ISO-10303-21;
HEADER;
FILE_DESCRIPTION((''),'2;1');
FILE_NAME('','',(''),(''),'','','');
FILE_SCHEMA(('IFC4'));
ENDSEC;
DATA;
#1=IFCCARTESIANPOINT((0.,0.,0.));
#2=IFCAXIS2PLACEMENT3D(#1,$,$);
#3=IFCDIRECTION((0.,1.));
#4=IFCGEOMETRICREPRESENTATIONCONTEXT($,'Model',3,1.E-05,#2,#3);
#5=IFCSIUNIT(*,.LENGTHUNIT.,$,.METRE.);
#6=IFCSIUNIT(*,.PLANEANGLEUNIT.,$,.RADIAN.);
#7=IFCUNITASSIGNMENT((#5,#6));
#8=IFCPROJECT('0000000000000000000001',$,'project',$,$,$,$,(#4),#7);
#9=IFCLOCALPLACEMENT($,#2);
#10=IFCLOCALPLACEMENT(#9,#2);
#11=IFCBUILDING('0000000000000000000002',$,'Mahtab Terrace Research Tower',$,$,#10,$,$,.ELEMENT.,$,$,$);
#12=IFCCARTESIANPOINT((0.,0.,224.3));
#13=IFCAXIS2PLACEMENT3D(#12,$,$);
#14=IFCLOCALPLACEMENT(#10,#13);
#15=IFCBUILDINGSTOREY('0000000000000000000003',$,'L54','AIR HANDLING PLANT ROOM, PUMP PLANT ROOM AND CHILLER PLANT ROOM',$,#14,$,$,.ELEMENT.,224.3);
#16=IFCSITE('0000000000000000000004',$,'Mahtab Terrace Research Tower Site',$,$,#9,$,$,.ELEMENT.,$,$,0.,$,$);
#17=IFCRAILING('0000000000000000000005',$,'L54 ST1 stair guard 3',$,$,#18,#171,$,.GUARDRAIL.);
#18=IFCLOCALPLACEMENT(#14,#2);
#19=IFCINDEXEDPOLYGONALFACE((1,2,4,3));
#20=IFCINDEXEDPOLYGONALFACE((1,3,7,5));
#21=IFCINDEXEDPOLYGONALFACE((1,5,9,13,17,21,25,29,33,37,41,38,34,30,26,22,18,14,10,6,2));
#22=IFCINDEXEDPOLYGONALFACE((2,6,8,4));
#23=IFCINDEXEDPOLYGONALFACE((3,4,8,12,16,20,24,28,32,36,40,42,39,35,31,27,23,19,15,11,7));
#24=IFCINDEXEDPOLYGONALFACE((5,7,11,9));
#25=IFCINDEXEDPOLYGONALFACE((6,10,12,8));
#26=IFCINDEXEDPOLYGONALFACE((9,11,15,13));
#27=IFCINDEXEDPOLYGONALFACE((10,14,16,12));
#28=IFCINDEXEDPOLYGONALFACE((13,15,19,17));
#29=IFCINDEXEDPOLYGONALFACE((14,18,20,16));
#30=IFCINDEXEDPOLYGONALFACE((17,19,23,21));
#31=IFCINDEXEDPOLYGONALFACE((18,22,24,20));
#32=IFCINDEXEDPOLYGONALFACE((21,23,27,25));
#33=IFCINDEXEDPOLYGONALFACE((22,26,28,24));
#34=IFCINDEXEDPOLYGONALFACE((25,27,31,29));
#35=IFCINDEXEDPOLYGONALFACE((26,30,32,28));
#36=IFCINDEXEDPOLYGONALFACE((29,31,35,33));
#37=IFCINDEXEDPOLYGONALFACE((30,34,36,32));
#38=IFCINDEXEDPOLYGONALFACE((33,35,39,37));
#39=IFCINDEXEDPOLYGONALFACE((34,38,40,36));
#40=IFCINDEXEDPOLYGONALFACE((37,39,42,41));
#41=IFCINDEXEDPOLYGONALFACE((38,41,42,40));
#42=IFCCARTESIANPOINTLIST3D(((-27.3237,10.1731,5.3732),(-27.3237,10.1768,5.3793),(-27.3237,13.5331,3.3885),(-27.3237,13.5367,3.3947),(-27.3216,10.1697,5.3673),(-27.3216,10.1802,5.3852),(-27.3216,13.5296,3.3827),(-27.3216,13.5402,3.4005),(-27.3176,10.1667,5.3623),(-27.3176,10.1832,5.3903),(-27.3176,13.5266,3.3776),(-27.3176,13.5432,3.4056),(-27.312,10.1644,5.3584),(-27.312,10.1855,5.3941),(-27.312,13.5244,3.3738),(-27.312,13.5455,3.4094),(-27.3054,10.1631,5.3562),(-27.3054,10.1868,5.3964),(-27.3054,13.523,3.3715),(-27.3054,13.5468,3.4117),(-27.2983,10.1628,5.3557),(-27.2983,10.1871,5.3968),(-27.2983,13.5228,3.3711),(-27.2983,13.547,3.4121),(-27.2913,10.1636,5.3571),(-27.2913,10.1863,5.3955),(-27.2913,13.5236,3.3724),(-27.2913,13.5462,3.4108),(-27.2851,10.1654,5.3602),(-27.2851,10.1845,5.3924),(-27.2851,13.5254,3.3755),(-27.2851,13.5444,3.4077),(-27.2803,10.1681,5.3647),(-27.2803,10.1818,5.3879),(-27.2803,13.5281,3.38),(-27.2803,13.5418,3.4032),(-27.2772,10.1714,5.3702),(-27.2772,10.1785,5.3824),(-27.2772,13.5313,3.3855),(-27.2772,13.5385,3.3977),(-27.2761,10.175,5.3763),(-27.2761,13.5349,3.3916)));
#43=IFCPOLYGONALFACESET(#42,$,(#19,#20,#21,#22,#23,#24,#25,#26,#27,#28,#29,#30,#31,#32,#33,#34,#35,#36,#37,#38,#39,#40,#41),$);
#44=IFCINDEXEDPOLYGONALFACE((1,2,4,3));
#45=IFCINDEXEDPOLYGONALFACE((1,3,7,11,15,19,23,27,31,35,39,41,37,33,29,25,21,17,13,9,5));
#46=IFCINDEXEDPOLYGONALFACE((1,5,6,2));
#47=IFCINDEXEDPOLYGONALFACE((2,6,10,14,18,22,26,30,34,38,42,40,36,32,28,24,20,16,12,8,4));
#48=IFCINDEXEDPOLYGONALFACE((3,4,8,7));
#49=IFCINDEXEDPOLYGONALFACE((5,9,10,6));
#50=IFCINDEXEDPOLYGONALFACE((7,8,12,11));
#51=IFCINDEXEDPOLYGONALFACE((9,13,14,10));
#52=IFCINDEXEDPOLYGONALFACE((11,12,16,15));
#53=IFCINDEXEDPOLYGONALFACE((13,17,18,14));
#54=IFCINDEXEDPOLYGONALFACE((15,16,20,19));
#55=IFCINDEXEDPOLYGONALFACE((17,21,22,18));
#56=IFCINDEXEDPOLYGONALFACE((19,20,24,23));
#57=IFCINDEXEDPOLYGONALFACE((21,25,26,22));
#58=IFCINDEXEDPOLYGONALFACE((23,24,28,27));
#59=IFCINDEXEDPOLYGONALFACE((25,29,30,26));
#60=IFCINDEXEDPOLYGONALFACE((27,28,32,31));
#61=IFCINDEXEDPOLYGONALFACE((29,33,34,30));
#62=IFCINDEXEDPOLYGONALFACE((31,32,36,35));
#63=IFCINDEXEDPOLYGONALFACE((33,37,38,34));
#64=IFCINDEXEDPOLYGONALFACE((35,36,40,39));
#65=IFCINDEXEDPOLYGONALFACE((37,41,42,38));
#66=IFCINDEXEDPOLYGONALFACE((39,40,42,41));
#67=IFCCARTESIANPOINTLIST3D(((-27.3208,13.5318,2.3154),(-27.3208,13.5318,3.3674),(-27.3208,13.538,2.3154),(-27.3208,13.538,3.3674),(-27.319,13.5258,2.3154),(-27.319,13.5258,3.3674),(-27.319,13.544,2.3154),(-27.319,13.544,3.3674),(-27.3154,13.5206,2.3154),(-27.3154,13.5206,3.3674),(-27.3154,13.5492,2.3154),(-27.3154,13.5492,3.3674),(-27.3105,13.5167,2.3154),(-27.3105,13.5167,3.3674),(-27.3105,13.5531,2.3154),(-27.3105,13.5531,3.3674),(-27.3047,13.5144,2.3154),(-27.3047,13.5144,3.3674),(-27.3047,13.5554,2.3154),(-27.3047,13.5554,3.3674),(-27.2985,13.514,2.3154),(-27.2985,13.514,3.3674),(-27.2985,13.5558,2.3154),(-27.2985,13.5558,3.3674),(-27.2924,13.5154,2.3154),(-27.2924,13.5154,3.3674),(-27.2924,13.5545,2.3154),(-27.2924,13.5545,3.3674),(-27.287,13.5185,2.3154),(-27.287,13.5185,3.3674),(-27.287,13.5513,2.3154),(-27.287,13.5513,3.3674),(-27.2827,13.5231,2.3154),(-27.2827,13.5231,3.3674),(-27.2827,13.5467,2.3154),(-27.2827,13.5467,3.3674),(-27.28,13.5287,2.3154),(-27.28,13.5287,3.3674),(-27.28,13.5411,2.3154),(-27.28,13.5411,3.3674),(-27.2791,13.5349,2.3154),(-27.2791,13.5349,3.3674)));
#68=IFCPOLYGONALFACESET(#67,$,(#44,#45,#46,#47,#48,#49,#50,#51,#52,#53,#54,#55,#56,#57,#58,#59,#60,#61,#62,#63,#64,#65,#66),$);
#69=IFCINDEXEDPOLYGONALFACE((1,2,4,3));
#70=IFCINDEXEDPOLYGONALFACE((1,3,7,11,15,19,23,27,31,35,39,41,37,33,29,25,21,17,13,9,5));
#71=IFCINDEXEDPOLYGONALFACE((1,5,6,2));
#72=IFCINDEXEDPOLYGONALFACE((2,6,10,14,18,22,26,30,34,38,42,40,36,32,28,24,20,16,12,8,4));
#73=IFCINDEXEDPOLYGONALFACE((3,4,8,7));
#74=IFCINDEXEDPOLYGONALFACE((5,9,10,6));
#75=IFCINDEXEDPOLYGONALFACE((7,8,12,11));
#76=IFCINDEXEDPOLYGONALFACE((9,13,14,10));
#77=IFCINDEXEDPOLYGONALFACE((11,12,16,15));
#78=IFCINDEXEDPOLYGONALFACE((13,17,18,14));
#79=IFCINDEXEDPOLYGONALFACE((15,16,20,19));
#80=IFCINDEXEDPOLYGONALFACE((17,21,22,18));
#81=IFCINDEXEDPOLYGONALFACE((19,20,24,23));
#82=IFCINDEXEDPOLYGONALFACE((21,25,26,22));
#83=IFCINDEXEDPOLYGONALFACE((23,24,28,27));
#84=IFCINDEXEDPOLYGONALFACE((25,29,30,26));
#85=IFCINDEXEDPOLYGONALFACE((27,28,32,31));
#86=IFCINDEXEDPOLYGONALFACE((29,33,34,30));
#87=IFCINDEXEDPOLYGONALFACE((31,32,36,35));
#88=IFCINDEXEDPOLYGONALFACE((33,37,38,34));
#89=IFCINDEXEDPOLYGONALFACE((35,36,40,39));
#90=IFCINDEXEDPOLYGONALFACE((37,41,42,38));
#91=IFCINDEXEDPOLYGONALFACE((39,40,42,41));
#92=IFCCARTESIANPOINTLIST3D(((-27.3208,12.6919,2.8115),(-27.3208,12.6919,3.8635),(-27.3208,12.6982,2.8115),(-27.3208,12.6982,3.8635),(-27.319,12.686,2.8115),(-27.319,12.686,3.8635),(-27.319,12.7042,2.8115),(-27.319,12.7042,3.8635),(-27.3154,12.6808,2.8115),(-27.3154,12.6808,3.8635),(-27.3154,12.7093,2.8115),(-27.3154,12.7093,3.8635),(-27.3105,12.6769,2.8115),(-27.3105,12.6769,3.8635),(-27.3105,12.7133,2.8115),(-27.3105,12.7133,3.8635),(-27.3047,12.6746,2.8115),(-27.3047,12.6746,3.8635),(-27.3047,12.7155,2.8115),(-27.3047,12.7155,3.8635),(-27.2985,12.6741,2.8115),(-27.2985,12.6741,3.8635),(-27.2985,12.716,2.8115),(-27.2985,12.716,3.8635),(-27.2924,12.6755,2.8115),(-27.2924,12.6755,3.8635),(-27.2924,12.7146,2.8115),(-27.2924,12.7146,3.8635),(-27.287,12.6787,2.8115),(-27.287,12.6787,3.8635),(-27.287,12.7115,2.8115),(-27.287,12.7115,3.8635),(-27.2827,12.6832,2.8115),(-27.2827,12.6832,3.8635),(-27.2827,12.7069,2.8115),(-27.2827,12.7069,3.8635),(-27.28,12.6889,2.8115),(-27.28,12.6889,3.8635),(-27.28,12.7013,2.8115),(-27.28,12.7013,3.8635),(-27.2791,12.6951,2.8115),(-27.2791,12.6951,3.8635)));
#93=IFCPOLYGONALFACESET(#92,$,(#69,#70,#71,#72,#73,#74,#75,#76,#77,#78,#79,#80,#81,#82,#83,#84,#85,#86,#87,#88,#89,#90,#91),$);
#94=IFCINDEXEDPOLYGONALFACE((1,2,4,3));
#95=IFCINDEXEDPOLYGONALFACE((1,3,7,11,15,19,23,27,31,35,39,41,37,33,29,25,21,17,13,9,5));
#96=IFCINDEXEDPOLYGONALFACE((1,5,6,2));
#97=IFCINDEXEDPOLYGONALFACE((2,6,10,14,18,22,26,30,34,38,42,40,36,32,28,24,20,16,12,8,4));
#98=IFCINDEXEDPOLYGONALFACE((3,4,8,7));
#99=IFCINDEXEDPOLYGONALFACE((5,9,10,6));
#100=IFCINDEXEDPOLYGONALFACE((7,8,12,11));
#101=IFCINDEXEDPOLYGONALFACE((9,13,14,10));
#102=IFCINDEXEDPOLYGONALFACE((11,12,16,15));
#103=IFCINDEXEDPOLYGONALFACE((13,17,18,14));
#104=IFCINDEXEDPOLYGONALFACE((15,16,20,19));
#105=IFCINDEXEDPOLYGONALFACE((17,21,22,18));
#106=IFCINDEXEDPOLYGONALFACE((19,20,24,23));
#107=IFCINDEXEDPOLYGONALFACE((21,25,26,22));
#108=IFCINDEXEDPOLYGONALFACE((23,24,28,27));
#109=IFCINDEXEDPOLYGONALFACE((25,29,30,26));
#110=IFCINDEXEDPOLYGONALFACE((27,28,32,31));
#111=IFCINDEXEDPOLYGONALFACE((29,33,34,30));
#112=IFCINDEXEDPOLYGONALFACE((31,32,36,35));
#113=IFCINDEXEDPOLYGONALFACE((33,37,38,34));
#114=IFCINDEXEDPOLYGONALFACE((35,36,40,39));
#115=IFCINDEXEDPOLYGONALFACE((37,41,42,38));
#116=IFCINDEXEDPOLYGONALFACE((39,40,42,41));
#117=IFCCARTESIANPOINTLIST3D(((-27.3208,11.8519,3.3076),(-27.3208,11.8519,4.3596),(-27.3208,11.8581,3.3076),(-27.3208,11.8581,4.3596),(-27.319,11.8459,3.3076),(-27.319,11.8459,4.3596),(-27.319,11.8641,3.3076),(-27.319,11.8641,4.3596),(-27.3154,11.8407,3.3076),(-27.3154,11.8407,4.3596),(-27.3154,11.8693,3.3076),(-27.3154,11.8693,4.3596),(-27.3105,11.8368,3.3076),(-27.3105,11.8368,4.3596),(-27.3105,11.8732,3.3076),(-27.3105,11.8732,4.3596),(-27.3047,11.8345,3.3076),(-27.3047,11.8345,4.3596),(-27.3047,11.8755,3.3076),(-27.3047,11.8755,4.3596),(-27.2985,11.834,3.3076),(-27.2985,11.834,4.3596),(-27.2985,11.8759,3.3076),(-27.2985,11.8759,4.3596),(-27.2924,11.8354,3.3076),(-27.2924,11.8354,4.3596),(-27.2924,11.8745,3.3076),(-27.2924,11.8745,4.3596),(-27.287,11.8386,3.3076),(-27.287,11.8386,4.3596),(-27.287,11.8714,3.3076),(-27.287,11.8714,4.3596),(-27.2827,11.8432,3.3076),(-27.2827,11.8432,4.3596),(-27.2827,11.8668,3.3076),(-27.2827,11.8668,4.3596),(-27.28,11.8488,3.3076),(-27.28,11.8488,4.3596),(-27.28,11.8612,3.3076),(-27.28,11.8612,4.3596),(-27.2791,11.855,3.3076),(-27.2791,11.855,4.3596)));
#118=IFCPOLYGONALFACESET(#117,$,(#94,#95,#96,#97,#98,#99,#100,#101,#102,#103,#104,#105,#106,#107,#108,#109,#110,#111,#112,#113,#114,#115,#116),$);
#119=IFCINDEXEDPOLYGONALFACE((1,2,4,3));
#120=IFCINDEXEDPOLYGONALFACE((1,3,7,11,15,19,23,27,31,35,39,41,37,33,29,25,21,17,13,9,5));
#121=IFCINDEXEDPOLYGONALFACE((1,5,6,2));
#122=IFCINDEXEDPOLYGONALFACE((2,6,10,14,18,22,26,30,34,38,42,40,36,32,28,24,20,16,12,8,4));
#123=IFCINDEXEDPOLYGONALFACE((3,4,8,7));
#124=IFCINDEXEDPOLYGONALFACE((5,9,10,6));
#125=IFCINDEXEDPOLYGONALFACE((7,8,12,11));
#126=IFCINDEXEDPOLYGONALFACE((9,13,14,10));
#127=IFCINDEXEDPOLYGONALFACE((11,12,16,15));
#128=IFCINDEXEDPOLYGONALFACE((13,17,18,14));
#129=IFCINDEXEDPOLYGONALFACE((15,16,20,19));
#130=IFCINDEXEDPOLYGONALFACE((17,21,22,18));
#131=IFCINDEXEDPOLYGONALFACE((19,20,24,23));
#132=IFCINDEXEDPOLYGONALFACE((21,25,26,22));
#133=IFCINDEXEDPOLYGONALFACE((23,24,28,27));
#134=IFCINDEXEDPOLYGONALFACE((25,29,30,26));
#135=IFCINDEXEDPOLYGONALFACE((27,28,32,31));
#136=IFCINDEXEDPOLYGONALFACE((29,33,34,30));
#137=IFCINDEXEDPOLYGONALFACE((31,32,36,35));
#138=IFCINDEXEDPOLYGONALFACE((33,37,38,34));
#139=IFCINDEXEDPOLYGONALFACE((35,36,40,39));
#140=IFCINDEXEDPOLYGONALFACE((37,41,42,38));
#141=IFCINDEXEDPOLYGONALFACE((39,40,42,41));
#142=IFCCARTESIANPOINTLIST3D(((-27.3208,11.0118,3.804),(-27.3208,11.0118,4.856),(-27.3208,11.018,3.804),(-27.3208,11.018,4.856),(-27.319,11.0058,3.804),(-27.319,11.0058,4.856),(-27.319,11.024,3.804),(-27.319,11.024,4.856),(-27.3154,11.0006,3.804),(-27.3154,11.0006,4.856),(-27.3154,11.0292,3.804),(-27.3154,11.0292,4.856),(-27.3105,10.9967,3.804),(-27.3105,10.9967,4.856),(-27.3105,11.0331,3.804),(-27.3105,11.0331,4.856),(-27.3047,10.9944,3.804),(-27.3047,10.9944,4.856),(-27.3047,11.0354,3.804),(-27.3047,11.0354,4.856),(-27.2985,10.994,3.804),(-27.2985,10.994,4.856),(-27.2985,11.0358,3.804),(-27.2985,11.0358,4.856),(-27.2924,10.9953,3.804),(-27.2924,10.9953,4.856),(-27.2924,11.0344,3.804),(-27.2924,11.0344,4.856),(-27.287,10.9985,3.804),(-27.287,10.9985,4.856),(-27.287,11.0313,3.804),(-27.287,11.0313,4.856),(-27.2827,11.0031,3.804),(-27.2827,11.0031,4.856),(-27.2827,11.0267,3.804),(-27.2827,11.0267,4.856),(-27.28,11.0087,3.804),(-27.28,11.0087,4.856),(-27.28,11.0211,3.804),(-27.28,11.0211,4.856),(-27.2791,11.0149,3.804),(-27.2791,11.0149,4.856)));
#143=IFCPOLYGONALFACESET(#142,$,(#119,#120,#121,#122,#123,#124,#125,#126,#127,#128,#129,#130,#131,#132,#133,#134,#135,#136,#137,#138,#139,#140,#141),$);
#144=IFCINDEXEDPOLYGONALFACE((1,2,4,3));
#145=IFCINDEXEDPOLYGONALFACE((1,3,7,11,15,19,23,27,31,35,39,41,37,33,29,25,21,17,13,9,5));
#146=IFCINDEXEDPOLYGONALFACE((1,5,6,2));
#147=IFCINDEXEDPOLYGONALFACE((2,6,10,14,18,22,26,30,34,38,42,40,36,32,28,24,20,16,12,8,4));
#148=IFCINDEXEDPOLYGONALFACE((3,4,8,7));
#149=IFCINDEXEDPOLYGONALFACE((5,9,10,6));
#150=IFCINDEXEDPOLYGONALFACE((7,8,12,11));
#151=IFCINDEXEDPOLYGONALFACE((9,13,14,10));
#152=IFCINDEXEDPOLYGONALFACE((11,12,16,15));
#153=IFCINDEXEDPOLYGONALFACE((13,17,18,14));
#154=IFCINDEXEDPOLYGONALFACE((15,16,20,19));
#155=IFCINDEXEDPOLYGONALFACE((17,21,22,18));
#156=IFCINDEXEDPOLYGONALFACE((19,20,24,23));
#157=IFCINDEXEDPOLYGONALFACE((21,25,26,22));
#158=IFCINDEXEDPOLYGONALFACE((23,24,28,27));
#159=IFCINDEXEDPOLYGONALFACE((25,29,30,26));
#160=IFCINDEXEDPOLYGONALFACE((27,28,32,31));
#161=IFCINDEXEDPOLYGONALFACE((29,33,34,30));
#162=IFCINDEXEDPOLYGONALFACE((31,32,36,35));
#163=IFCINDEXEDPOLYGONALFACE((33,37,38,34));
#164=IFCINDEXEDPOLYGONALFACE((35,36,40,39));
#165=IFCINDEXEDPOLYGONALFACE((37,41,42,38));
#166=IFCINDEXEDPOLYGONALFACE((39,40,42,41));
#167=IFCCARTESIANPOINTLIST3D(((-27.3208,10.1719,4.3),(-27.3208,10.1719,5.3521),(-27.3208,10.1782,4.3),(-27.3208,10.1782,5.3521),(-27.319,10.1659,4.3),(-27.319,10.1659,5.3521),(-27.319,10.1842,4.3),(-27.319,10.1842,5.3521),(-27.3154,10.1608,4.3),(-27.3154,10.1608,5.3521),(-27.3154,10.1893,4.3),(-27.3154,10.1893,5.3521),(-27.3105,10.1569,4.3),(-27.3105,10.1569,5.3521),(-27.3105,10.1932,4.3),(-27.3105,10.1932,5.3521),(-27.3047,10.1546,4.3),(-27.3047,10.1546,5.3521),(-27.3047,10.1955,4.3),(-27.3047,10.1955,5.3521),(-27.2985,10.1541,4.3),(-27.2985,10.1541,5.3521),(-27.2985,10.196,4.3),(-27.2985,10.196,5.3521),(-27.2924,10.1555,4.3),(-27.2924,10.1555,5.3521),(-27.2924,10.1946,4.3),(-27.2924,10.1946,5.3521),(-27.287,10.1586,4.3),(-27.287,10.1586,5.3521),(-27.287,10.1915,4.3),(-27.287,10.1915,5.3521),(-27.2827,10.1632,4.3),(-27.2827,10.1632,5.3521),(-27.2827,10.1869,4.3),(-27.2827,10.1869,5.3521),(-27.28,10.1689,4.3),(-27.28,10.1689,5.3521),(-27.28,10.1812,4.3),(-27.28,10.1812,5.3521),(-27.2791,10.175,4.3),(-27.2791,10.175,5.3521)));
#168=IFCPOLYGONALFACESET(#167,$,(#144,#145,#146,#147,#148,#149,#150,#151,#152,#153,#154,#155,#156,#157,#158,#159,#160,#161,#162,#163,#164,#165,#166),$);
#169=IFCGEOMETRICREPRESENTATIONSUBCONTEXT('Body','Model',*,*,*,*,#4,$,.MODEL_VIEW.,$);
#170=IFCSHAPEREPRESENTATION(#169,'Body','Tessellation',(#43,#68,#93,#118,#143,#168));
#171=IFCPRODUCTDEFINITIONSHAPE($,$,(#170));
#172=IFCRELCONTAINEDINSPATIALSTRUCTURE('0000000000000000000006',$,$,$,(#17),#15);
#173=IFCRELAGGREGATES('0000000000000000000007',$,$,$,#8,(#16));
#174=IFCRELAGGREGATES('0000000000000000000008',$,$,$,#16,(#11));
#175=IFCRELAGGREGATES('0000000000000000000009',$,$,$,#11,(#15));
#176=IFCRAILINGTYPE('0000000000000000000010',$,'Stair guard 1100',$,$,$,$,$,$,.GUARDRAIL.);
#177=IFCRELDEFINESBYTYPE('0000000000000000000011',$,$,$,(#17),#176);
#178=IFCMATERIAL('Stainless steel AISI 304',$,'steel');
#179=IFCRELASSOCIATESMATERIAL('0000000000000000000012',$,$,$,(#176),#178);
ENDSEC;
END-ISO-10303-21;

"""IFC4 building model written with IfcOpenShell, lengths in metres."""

from ifc_helpers import new_model, si_unit, direction, frame, origin, origin_2d, place, context, subcontext, project, spatial, circle, extrude, material, type_object, element, save


model = new_model("IFC4")

# Units and contexts
model_context = context("Model", 3, precision=1e-05, world=origin(), true_north=direction((0.0, 1.0)))
body_context = subcontext(model_context, "Body", "Model", "MODEL_VIEW")
ifc_project = project(units=[si_unit("LENGTHUNIT", "METRE"), si_unit("PLANEANGLEUNIT", "RADIAN")], contexts=[model_context])

# Site, building, storey
site_placement = place(None, origin())
site = spatial("IfcSite", under=ifc_project, at=site_placement, Name="Mahtab Terrace Research Tower Site", CompositionType="ELEMENT", RefElevation=0.0)
building_placement = place(site_placement, origin())
building = spatial("IfcBuilding", under=site, at=building_placement, Name="Mahtab Terrace Research Tower", CompositionType="ELEMENT")
storey_placement = place(building_placement, frame((0.0, 0.0, 224.3)))
storey = spatial("IfcBuildingStorey", under=building, at=storey_placement, Name="L54", Description="AIR HANDLING PLANT ROOM, PUMP PLANT ROOM AND CHILLER PLANT ROOM", CompositionType="ELEMENT", Elevation=224.3)

# Railing
ifc_material_1 = material(Name="Stainless steel AISI 304", Category="steel")
railing_type_1 = type_object("IfcRailingType", Name="Stair guard 1100", PredefinedType="GUARDRAIL", material=ifc_material_1)
railing_1_placement = place(storey_placement, frame((-27.3, 13.5349, 2.3154)))
element("IfcRailing", 1, at=railing_1_placement, inside=storey, type_object=railing_type_1, Name="L54 ST1 stair guard 3", PredefinedType="GUARDRAIL", context=body_context, shape_type="SweptSolid", body=[
    extrude(circle(Radius=0.0239, at=origin_2d()), frame((0.0, 0.0, 1.0762), z_axis=(0.0, -0.861011, 0.508586), x_axis=(1.0, 0.0, 0.0)), (0.0, 0.0, 1.0), 3.9023),
    extrude(circle(Radius=0.021, at=origin_2d()), origin(), (0.0, 0.0, 1.0), 1.052),
    extrude(circle(Radius=0.021, at=origin_2d()), frame((0.0, -0.8398, 0.4961)), (0.0, 0.0, 1.0), 1.052),
    extrude(circle(Radius=0.021, at=origin_2d()), frame((0.0, -1.6799, 0.9922)), (0.0, 0.0, 1.0), 1.052),
    extrude(circle(Radius=0.021, at=origin_2d()), frame((0.0, -2.52, 1.4885)), (0.0, 0.0, 1.0), 1.052),
    extrude(circle(Radius=0.021, at=origin_2d()), frame((0.0, -3.3599, 1.9846)), (0.0, 0.0, 1.0), 1.052),
])

save(model, "model.ifc")
